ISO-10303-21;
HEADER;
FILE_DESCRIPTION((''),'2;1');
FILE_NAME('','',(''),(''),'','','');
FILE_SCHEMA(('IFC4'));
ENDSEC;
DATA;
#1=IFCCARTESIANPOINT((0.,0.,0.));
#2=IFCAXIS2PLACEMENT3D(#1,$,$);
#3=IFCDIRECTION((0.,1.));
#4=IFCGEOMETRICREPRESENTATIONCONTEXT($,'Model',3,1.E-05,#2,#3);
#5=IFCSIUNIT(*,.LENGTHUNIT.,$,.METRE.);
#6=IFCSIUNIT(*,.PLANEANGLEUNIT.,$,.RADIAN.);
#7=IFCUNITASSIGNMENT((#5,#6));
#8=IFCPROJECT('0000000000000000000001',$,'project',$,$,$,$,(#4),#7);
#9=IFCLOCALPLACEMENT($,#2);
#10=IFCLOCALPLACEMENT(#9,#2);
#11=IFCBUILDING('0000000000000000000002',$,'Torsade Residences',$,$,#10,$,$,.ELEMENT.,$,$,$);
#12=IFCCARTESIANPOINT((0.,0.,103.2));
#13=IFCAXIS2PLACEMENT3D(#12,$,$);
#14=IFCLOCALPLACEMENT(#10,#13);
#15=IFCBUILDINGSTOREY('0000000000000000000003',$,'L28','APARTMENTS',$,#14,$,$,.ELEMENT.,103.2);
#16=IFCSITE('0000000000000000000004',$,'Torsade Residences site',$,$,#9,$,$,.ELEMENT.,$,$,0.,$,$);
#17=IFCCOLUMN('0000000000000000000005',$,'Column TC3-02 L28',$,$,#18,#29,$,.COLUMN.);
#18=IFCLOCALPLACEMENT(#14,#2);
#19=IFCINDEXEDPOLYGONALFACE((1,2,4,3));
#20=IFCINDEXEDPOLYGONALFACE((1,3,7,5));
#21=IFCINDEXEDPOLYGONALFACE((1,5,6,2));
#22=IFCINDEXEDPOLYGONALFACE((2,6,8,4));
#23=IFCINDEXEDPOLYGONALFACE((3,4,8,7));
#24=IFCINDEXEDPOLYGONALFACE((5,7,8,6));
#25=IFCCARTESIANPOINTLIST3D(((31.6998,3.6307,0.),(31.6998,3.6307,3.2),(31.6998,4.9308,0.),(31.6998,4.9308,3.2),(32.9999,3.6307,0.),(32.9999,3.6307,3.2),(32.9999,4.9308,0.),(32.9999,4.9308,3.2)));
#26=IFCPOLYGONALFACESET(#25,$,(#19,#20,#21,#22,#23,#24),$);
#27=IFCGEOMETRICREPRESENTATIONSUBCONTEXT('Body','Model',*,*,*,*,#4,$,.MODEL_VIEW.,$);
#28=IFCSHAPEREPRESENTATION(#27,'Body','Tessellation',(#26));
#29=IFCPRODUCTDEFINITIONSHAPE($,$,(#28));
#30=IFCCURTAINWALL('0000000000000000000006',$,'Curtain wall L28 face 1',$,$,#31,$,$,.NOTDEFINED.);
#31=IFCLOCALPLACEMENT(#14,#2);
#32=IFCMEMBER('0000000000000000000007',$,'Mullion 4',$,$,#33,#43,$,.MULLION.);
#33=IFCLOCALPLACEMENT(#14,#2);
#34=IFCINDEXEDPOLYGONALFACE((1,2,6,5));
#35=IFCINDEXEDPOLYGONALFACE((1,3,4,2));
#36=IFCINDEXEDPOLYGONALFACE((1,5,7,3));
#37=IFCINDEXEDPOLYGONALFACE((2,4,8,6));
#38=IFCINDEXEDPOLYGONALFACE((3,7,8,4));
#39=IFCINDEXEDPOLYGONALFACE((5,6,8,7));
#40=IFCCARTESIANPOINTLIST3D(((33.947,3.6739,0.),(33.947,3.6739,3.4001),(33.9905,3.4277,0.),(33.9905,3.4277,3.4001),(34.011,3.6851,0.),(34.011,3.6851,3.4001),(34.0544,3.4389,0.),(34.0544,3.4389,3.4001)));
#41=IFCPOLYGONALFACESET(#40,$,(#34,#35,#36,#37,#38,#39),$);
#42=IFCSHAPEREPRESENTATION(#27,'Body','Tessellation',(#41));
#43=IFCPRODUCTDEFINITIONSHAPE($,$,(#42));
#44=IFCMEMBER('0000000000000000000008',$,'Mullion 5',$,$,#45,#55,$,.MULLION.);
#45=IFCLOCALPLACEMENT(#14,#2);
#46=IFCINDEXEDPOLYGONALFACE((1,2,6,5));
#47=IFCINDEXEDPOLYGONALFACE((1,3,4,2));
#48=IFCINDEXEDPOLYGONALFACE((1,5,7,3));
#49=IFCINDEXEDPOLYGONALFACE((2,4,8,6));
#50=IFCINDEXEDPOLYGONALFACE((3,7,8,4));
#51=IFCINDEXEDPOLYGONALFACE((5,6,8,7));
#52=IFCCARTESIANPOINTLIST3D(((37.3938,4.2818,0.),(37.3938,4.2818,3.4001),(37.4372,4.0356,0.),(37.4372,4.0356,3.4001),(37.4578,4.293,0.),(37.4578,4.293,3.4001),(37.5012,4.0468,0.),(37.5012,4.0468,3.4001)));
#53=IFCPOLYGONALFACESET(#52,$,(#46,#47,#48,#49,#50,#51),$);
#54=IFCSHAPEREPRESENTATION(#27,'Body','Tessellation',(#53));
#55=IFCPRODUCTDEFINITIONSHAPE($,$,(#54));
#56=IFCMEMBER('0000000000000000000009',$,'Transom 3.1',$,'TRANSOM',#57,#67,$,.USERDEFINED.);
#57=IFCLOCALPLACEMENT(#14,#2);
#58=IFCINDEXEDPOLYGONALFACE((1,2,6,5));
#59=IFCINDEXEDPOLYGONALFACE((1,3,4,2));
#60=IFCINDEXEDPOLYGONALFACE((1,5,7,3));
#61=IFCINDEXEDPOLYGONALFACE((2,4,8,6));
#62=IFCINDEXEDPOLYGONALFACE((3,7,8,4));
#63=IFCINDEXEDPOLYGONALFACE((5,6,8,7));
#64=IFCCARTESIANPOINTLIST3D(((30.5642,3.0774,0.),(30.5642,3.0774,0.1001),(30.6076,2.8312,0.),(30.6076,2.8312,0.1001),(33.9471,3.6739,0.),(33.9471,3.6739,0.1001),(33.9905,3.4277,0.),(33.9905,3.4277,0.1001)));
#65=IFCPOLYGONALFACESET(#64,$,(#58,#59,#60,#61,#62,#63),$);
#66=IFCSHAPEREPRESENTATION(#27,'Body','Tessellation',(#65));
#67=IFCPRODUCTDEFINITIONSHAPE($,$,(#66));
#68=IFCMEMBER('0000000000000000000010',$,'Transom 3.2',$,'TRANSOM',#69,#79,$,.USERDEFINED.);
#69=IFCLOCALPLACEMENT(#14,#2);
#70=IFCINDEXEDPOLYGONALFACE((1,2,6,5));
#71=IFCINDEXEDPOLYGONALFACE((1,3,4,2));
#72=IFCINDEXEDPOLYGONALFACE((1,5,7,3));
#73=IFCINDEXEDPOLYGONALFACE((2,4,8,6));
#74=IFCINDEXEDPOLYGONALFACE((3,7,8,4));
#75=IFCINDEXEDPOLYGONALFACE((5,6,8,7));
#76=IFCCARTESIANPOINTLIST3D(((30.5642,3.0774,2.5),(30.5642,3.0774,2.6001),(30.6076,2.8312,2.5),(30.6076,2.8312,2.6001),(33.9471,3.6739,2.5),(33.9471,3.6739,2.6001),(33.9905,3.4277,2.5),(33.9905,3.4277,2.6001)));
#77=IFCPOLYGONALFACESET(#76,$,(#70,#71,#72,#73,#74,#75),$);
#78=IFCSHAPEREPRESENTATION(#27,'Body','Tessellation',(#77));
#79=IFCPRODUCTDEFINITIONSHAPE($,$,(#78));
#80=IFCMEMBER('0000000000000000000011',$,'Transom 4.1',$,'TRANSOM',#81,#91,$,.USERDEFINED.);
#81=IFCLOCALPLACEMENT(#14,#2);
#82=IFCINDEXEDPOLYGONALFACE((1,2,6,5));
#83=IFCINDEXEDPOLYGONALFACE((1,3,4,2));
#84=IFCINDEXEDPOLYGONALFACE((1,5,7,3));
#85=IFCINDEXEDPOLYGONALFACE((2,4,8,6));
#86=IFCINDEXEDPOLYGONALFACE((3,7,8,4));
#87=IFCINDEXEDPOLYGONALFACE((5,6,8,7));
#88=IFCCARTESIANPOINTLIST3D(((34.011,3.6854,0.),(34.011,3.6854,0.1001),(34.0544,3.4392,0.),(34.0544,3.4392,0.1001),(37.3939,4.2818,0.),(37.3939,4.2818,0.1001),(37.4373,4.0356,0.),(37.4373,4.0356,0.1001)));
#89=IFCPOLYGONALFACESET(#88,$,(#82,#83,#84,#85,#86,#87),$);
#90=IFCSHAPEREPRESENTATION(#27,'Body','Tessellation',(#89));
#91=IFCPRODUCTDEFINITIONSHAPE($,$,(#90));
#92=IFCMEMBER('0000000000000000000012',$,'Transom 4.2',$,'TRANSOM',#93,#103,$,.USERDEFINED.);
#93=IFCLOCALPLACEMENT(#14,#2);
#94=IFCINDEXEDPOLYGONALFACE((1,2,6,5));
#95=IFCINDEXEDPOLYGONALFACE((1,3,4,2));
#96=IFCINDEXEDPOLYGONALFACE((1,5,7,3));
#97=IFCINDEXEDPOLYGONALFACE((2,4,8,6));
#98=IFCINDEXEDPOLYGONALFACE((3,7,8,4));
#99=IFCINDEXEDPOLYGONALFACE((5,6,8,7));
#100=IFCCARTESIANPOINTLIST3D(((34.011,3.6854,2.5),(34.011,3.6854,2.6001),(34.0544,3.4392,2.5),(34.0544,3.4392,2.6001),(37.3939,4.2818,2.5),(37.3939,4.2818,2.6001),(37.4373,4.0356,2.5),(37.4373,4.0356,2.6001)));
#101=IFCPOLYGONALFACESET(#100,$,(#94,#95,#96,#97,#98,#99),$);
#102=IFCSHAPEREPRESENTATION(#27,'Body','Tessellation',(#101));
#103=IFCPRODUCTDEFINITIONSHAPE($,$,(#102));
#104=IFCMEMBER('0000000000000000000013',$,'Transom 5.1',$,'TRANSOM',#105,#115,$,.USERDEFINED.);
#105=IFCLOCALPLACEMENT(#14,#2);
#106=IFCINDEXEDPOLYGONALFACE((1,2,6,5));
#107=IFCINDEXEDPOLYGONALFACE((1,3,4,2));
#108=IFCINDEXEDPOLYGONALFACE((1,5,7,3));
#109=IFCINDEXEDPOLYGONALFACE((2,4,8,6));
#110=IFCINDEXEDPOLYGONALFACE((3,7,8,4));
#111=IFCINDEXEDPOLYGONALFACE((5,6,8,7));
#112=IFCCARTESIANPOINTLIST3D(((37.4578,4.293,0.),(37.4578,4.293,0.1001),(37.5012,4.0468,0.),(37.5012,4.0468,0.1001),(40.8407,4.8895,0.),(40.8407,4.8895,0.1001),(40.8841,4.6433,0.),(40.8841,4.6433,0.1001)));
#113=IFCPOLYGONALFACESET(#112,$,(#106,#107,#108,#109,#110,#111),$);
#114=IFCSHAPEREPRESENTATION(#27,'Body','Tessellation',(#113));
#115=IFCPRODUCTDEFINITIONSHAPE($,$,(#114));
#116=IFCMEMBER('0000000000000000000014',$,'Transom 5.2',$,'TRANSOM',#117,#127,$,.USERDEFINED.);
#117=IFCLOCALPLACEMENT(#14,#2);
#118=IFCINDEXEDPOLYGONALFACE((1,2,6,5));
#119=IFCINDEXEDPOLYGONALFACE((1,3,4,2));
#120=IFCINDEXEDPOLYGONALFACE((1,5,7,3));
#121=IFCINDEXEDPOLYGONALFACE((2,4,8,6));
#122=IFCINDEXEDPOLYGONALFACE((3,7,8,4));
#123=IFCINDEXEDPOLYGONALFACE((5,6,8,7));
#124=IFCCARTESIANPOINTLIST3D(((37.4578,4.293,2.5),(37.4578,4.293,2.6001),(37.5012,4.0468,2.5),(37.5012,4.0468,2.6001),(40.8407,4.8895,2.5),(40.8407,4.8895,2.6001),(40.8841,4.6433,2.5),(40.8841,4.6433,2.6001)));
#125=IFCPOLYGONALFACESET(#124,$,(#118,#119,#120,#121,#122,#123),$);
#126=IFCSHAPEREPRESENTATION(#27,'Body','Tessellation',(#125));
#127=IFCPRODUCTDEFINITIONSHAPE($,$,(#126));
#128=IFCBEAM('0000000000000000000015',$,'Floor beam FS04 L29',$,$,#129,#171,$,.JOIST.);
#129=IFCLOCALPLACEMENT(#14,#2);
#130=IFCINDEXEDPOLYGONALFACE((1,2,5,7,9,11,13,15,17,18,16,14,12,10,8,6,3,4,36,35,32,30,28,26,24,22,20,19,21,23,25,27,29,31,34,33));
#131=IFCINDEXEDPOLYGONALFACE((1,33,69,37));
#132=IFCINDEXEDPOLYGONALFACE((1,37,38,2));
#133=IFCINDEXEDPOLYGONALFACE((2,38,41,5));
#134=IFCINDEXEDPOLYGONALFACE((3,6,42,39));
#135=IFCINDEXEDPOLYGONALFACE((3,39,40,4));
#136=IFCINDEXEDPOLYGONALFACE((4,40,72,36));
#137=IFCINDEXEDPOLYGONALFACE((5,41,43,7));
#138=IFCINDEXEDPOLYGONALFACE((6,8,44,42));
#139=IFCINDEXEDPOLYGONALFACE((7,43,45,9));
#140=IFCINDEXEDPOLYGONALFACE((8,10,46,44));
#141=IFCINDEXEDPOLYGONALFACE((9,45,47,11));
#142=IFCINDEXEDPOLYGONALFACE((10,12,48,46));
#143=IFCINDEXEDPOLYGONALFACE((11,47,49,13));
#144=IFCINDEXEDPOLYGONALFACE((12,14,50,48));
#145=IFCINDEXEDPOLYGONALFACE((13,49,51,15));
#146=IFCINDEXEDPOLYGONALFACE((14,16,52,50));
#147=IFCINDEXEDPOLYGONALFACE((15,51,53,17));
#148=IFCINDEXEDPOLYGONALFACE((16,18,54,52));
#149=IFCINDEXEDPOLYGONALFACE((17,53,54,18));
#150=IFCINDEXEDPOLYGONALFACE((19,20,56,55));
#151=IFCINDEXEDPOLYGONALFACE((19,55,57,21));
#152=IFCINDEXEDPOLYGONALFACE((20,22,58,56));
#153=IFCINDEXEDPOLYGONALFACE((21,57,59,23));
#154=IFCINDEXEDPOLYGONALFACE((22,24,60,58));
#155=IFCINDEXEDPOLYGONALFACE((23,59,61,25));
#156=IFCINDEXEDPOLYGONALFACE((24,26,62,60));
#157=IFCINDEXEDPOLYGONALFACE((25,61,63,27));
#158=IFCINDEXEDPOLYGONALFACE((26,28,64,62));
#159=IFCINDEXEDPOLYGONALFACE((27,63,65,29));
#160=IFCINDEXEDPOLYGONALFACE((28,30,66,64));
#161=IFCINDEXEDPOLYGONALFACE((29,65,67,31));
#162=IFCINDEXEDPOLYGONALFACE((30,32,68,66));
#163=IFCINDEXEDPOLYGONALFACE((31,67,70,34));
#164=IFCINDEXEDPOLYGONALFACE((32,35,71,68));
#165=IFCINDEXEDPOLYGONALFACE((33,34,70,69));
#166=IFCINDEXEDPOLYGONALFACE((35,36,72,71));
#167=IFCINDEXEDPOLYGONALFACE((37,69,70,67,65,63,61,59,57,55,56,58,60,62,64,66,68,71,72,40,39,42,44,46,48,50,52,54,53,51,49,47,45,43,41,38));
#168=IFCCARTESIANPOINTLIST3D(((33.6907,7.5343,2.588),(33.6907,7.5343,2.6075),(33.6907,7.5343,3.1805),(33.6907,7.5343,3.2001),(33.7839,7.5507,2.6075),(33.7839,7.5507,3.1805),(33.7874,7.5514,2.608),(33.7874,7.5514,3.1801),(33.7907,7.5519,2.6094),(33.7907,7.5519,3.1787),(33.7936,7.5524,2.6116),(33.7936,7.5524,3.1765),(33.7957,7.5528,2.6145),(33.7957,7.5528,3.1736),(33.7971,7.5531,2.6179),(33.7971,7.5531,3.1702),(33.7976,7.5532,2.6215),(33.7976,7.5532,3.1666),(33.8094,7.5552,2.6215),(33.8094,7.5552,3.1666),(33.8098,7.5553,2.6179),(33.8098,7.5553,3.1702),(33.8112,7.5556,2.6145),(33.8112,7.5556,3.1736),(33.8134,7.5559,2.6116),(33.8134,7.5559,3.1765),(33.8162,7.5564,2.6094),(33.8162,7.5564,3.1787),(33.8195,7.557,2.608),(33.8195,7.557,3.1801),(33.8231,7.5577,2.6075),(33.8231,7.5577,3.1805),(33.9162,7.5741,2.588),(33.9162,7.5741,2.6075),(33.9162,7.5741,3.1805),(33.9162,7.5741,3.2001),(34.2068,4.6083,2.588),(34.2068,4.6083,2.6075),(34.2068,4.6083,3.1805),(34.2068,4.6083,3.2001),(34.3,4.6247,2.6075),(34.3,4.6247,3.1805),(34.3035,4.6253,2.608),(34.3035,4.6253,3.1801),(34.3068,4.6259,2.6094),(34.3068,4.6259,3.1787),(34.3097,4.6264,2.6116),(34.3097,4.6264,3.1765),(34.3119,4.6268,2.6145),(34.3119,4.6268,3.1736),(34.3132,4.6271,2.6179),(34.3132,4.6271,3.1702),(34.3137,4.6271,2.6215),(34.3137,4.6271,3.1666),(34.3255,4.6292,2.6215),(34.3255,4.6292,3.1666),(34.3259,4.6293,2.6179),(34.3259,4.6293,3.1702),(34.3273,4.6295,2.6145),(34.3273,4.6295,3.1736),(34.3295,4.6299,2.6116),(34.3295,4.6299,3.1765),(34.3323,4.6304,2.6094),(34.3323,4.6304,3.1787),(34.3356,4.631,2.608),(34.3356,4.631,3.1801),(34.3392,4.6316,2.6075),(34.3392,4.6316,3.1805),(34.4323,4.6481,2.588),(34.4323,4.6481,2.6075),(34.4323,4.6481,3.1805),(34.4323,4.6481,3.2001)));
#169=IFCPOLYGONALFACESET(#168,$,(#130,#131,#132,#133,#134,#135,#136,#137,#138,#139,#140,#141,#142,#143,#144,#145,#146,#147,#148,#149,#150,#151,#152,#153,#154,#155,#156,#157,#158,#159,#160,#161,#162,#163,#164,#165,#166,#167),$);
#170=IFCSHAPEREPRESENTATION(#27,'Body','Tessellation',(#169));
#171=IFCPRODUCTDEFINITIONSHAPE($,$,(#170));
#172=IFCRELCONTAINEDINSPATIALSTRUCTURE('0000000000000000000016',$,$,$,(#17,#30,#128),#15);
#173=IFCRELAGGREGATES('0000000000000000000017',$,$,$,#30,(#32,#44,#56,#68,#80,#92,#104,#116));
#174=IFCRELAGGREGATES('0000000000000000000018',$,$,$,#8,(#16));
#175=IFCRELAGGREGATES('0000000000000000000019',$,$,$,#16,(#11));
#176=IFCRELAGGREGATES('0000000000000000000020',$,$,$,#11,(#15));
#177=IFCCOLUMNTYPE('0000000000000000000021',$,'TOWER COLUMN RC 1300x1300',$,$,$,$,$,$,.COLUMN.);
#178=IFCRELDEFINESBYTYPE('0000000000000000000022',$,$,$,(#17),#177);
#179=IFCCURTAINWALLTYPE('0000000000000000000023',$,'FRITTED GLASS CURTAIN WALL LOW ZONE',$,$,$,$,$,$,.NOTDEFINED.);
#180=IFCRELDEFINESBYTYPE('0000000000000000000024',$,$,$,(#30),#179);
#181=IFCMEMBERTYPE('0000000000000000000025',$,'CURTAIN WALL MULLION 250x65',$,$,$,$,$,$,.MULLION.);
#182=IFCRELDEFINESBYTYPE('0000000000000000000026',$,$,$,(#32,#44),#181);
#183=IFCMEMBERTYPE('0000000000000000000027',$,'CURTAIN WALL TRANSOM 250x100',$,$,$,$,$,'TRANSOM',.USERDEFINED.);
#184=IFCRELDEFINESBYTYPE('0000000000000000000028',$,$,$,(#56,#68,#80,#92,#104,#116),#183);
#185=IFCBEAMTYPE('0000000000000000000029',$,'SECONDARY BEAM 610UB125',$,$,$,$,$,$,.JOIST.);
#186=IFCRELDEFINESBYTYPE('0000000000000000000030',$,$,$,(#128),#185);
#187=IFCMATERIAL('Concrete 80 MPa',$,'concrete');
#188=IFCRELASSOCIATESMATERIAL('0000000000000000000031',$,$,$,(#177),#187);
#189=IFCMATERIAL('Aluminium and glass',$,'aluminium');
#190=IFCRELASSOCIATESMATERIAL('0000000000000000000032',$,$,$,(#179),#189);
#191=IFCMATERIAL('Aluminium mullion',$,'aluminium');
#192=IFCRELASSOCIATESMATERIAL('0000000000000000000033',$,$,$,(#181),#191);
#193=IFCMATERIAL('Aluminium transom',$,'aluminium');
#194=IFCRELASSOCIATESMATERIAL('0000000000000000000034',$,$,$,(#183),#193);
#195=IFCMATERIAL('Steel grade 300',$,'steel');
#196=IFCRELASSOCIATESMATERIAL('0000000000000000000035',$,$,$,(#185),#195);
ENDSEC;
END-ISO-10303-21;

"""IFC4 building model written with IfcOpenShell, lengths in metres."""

from ifc_helpers import new_model, si_unit, direction, frame, origin, origin_2d, place, context, subcontext, project, spatial, rectangle, i_section, extrude, material, material_profile, profile_set, type_object, element, aggregate, save


model = new_model("IFC4")

# Units and contexts
model_context = context("Model", 3, precision=1e-05, world=origin(), true_north=direction((0.0, 1.0)))
body_context = subcontext(model_context, "Body", "Model", "MODEL_VIEW")
ifc_project = project(units=[si_unit("LENGTHUNIT", "METRE"), si_unit("PLANEANGLEUNIT", "RADIAN")], contexts=[model_context])

# Site, building, storey
site_placement = place(None, origin())
site = spatial("IfcSite", under=ifc_project, at=site_placement, Name="Torsade Residences site", CompositionType="ELEMENT", RefElevation=0.0)
building_placement = place(site_placement, origin())
building = spatial("IfcBuilding", under=site, at=building_placement, Name="Torsade Residences", CompositionType="ELEMENT")
storey_placement = place(building_placement, frame((0.0, 0.0, 103.2)))
storey = spatial("IfcBuildingStorey", under=building, at=storey_placement, Name="L28", Description="APARTMENTS", CompositionType="ELEMENT", Elevation=103.2)

# Column
ifc_material_1 = material(Name="Concrete 80 MPa", Category="concrete")
ifc_material_profile_1 = material_profile(ifc_material_1, rectangle(XDim=1.3, YDim=1.3, at=origin_2d()), Name="RC 1300x1300")
ifc_profile_set_1 = profile_set([ifc_material_profile_1], Name="Concrete 80 MPa")
column_type = type_object("IfcColumnType", Name="TOWER COLUMN RC 1300x1300", PredefinedType="COLUMN", material=ifc_profile_set_1)
column_placement = place(storey_placement, frame((32.3499, 4.2808, 0.0), z_axis=(0.0, 0.0, 1.0), x_axis=(1.0, 0.0, 0.0)))
element("IfcColumn", 1, at=column_placement, inside=storey, type_object=column_type, Name="Column TC3-02 L28", PredefinedType="COLUMN", context=body_context, shape_type="SweptSolid", body=[
    extrude(rectangle(XDim=1.3, YDim=1.3, at=origin_2d()), origin(), (0.0, 0.0, 1.0), 3.2),
])

# Curtain wall, members
ifc_material_2 = material(Name="Aluminium and glass", Category="aluminium")
curtain_wall_type = type_object("IfcCurtainWallType", Name="FRITTED GLASS CURTAIN WALL LOW ZONE", PredefinedType="NOTDEFINED", material=ifc_material_2)
curtain_wall_placement = place(storey_placement, origin())
curtain_wall = element("IfcCurtainWall", 2, at=curtain_wall_placement, inside=storey, type_object=curtain_wall_type, Name="Curtain wall L28 face 1", PredefinedType="NOTDEFINED")
ifc_material_3 = material(Name="Aluminium mullion", Category="aluminium")
ifc_material_profile_2 = material_profile(ifc_material_3, rectangle(XDim=0.25, YDim=0.0649, at=origin_2d()), Name="CURTAIN WALL MULLION 250x65")
ifc_profile_set_2 = profile_set([ifc_material_profile_2], Name="Aluminium mullion")
member_type_1 = type_object("IfcMemberType", Name="CURTAIN WALL MULLION 250x65", PredefinedType="MULLION", material=ifc_profile_set_2)
member_1_placement = place(storey_placement, frame((34.0007, 3.5564, 0.0), z_axis=(0.0, 0.0, 1.0), x_axis=(-0.173648, 0.984808, 0.0)))
member_1 = element("IfcMember", 3, at=member_1_placement, type_object=member_type_1, Name="Mullion 4", PredefinedType="MULLION", context=body_context, shape_type="SweptSolid", body=[
    extrude(rectangle(XDim=0.25, YDim=0.0649, at=origin_2d()), origin(), (0.0, 0.0, 1.0), 3.4001),
])
member_2_placement = place(storey_placement, frame((37.4475, 4.1643, 0.0), z_axis=(0.0, 0.0, 1.0), x_axis=(-0.173648, 0.984808, 0.0)))
member_2 = element("IfcMember", 4, at=member_2_placement, type_object=member_type_1, Name="Mullion 5", PredefinedType="MULLION", context=body_context, shape_type="SweptSolid", body=[
    extrude(rectangle(XDim=0.25, YDim=0.0649, at=origin_2d()), origin(), (0.0, 0.0, 1.0), 3.4001),
])
ifc_material_4 = material(Name="Aluminium transom", Category="aluminium")
ifc_material_profile_3 = material_profile(ifc_material_4, rectangle(XDim=0.25, YDim=0.1001, at=origin_2d()), Name="CURTAIN WALL TRANSOM 250x100")
ifc_profile_set_3 = profile_set([ifc_material_profile_3], Name="Aluminium transom")
member_type_2 = type_object("IfcMemberType", Name="CURTAIN WALL TRANSOM 250x100", ElementType="TRANSOM", PredefinedType="USERDEFINED", material=ifc_profile_set_3)
member_3_placement = place(storey_placement, frame((30.5859, 2.9543, 0.05), z_axis=(0.98481, 0.173635, 0.0), x_axis=(-0.173635, 0.98481, 0.0)))
member_3 = element("IfcMember", 5, at=member_3_placement, type_object=member_type_2, Name="Transom 3.1", ObjectType="TRANSOM", PredefinedType="USERDEFINED", context=body_context, shape_type="SweptSolid", body=[
    extrude(rectangle(XDim=0.25, YDim=0.1001, at=origin_2d()), origin(), (0.0, 0.0, 1.0), 3.4351),
])
member_4_placement = place(storey_placement, frame((30.5859, 2.9543, 2.55), z_axis=(0.98481, 0.173635, 0.0), x_axis=(-0.173635, 0.98481, 0.0)))
member_4 = element("IfcMember", 6, at=member_4_placement, type_object=member_type_2, Name="Transom 3.2", ObjectType="TRANSOM", PredefinedType="USERDEFINED", context=body_context, shape_type="SweptSolid", body=[
    extrude(rectangle(XDim=0.25, YDim=0.1001, at=origin_2d()), origin(), (0.0, 0.0, 1.0), 3.4351),
])
member_5_placement = place(storey_placement, frame((34.0327, 3.5623, 0.05), z_axis=(0.98481, 0.173635, 0.0), x_axis=(-0.173635, 0.98481, 0.0)))
member_5 = element("IfcMember", 7, at=member_5_placement, type_object=member_type_2, Name="Transom 4.1", ObjectType="TRANSOM", PredefinedType="USERDEFINED", context=body_context, shape_type="SweptSolid", body=[
    extrude(rectangle(XDim=0.25, YDim=0.1001, at=origin_2d()), origin(), (0.0, 0.0, 1.0), 3.4351),
])
member_6_placement = place(storey_placement, frame((34.0327, 3.5623, 2.55), z_axis=(0.98481, 0.173635, 0.0), x_axis=(-0.173635, 0.98481, 0.0)))
member_6 = element("IfcMember", 8, at=member_6_placement, type_object=member_type_2, Name="Transom 4.2", ObjectType="TRANSOM", PredefinedType="USERDEFINED", context=body_context, shape_type="SweptSolid", body=[
    extrude(rectangle(XDim=0.25, YDim=0.1001, at=origin_2d()), origin(), (0.0, 0.0, 1.0), 3.4351),
])
member_7_placement = place(storey_placement, frame((37.4795, 4.1699, 0.05), z_axis=(0.98481, 0.173635, 0.0), x_axis=(-0.173635, 0.98481, 0.0)))
member_7 = element("IfcMember", 9, at=member_7_placement, type_object=member_type_2, Name="Transom 5.1", ObjectType="TRANSOM", PredefinedType="USERDEFINED", context=body_context, shape_type="SweptSolid", body=[
    extrude(rectangle(XDim=0.25, YDim=0.1001, at=origin_2d()), origin(), (0.0, 0.0, 1.0), 3.4351),
])
member_8_placement = place(storey_placement, frame((37.4795, 4.1699, 2.55), z_axis=(0.98481, 0.173635, 0.0), x_axis=(-0.173635, 0.98481, 0.0)))
member_8 = element("IfcMember", 10, at=member_8_placement, type_object=member_type_2, Name="Transom 5.2", ObjectType="TRANSOM", PredefinedType="USERDEFINED", context=body_context, shape_type="SweptSolid", body=[
    extrude(rectangle(XDim=0.25, YDim=0.1001, at=origin_2d()), origin(), (0.0, 0.0, 1.0), 3.4351),
])

# Beam
ifc_material_5 = material(Name="Steel grade 300", Category="steel")
ifc_material_profile_4 = material_profile(ifc_material_5, i_section(OverallWidth=0.229, OverallDepth=0.6121, WebThickness=0.012, FlangeThickness=0.0195, FilletRadius=0.0139, at=origin_2d()), Name="610UB125")
ifc_profile_set_4 = profile_set([ifc_material_profile_4], Name="Steel grade 300")
beam_type_1 = type_object("IfcBeamType", Name="SECONDARY BEAM 610UB125", PredefinedType="JOIST", material=ifc_profile_set_4)
beam_1_placement = place(storey_placement, frame((34.3196, 4.6282, 2.894), z_axis=(-0.173706, 0.984798, 0.0), x_axis=(-0.984798, -0.173706, 0.0)))
element("IfcBeam", 11, at=beam_1_placement, inside=storey, type_object=beam_type_1, Name="Floor beam FS04 L29", PredefinedType="JOIST", context=body_context, shape_type="SweptSolid", body=[
    extrude(i_section(OverallWidth=0.229, OverallDepth=0.6121, WebThickness=0.012, FlangeThickness=0.0195, FilletRadius=0.0139, at=origin_2d()), origin(), (0.0, 0.0, 1.0), 2.9712),
])

aggregate(curtain_wall, [member_1, member_2, member_3, member_4, member_5, member_6, member_7, member_8])

save(model, "model.ifc")
